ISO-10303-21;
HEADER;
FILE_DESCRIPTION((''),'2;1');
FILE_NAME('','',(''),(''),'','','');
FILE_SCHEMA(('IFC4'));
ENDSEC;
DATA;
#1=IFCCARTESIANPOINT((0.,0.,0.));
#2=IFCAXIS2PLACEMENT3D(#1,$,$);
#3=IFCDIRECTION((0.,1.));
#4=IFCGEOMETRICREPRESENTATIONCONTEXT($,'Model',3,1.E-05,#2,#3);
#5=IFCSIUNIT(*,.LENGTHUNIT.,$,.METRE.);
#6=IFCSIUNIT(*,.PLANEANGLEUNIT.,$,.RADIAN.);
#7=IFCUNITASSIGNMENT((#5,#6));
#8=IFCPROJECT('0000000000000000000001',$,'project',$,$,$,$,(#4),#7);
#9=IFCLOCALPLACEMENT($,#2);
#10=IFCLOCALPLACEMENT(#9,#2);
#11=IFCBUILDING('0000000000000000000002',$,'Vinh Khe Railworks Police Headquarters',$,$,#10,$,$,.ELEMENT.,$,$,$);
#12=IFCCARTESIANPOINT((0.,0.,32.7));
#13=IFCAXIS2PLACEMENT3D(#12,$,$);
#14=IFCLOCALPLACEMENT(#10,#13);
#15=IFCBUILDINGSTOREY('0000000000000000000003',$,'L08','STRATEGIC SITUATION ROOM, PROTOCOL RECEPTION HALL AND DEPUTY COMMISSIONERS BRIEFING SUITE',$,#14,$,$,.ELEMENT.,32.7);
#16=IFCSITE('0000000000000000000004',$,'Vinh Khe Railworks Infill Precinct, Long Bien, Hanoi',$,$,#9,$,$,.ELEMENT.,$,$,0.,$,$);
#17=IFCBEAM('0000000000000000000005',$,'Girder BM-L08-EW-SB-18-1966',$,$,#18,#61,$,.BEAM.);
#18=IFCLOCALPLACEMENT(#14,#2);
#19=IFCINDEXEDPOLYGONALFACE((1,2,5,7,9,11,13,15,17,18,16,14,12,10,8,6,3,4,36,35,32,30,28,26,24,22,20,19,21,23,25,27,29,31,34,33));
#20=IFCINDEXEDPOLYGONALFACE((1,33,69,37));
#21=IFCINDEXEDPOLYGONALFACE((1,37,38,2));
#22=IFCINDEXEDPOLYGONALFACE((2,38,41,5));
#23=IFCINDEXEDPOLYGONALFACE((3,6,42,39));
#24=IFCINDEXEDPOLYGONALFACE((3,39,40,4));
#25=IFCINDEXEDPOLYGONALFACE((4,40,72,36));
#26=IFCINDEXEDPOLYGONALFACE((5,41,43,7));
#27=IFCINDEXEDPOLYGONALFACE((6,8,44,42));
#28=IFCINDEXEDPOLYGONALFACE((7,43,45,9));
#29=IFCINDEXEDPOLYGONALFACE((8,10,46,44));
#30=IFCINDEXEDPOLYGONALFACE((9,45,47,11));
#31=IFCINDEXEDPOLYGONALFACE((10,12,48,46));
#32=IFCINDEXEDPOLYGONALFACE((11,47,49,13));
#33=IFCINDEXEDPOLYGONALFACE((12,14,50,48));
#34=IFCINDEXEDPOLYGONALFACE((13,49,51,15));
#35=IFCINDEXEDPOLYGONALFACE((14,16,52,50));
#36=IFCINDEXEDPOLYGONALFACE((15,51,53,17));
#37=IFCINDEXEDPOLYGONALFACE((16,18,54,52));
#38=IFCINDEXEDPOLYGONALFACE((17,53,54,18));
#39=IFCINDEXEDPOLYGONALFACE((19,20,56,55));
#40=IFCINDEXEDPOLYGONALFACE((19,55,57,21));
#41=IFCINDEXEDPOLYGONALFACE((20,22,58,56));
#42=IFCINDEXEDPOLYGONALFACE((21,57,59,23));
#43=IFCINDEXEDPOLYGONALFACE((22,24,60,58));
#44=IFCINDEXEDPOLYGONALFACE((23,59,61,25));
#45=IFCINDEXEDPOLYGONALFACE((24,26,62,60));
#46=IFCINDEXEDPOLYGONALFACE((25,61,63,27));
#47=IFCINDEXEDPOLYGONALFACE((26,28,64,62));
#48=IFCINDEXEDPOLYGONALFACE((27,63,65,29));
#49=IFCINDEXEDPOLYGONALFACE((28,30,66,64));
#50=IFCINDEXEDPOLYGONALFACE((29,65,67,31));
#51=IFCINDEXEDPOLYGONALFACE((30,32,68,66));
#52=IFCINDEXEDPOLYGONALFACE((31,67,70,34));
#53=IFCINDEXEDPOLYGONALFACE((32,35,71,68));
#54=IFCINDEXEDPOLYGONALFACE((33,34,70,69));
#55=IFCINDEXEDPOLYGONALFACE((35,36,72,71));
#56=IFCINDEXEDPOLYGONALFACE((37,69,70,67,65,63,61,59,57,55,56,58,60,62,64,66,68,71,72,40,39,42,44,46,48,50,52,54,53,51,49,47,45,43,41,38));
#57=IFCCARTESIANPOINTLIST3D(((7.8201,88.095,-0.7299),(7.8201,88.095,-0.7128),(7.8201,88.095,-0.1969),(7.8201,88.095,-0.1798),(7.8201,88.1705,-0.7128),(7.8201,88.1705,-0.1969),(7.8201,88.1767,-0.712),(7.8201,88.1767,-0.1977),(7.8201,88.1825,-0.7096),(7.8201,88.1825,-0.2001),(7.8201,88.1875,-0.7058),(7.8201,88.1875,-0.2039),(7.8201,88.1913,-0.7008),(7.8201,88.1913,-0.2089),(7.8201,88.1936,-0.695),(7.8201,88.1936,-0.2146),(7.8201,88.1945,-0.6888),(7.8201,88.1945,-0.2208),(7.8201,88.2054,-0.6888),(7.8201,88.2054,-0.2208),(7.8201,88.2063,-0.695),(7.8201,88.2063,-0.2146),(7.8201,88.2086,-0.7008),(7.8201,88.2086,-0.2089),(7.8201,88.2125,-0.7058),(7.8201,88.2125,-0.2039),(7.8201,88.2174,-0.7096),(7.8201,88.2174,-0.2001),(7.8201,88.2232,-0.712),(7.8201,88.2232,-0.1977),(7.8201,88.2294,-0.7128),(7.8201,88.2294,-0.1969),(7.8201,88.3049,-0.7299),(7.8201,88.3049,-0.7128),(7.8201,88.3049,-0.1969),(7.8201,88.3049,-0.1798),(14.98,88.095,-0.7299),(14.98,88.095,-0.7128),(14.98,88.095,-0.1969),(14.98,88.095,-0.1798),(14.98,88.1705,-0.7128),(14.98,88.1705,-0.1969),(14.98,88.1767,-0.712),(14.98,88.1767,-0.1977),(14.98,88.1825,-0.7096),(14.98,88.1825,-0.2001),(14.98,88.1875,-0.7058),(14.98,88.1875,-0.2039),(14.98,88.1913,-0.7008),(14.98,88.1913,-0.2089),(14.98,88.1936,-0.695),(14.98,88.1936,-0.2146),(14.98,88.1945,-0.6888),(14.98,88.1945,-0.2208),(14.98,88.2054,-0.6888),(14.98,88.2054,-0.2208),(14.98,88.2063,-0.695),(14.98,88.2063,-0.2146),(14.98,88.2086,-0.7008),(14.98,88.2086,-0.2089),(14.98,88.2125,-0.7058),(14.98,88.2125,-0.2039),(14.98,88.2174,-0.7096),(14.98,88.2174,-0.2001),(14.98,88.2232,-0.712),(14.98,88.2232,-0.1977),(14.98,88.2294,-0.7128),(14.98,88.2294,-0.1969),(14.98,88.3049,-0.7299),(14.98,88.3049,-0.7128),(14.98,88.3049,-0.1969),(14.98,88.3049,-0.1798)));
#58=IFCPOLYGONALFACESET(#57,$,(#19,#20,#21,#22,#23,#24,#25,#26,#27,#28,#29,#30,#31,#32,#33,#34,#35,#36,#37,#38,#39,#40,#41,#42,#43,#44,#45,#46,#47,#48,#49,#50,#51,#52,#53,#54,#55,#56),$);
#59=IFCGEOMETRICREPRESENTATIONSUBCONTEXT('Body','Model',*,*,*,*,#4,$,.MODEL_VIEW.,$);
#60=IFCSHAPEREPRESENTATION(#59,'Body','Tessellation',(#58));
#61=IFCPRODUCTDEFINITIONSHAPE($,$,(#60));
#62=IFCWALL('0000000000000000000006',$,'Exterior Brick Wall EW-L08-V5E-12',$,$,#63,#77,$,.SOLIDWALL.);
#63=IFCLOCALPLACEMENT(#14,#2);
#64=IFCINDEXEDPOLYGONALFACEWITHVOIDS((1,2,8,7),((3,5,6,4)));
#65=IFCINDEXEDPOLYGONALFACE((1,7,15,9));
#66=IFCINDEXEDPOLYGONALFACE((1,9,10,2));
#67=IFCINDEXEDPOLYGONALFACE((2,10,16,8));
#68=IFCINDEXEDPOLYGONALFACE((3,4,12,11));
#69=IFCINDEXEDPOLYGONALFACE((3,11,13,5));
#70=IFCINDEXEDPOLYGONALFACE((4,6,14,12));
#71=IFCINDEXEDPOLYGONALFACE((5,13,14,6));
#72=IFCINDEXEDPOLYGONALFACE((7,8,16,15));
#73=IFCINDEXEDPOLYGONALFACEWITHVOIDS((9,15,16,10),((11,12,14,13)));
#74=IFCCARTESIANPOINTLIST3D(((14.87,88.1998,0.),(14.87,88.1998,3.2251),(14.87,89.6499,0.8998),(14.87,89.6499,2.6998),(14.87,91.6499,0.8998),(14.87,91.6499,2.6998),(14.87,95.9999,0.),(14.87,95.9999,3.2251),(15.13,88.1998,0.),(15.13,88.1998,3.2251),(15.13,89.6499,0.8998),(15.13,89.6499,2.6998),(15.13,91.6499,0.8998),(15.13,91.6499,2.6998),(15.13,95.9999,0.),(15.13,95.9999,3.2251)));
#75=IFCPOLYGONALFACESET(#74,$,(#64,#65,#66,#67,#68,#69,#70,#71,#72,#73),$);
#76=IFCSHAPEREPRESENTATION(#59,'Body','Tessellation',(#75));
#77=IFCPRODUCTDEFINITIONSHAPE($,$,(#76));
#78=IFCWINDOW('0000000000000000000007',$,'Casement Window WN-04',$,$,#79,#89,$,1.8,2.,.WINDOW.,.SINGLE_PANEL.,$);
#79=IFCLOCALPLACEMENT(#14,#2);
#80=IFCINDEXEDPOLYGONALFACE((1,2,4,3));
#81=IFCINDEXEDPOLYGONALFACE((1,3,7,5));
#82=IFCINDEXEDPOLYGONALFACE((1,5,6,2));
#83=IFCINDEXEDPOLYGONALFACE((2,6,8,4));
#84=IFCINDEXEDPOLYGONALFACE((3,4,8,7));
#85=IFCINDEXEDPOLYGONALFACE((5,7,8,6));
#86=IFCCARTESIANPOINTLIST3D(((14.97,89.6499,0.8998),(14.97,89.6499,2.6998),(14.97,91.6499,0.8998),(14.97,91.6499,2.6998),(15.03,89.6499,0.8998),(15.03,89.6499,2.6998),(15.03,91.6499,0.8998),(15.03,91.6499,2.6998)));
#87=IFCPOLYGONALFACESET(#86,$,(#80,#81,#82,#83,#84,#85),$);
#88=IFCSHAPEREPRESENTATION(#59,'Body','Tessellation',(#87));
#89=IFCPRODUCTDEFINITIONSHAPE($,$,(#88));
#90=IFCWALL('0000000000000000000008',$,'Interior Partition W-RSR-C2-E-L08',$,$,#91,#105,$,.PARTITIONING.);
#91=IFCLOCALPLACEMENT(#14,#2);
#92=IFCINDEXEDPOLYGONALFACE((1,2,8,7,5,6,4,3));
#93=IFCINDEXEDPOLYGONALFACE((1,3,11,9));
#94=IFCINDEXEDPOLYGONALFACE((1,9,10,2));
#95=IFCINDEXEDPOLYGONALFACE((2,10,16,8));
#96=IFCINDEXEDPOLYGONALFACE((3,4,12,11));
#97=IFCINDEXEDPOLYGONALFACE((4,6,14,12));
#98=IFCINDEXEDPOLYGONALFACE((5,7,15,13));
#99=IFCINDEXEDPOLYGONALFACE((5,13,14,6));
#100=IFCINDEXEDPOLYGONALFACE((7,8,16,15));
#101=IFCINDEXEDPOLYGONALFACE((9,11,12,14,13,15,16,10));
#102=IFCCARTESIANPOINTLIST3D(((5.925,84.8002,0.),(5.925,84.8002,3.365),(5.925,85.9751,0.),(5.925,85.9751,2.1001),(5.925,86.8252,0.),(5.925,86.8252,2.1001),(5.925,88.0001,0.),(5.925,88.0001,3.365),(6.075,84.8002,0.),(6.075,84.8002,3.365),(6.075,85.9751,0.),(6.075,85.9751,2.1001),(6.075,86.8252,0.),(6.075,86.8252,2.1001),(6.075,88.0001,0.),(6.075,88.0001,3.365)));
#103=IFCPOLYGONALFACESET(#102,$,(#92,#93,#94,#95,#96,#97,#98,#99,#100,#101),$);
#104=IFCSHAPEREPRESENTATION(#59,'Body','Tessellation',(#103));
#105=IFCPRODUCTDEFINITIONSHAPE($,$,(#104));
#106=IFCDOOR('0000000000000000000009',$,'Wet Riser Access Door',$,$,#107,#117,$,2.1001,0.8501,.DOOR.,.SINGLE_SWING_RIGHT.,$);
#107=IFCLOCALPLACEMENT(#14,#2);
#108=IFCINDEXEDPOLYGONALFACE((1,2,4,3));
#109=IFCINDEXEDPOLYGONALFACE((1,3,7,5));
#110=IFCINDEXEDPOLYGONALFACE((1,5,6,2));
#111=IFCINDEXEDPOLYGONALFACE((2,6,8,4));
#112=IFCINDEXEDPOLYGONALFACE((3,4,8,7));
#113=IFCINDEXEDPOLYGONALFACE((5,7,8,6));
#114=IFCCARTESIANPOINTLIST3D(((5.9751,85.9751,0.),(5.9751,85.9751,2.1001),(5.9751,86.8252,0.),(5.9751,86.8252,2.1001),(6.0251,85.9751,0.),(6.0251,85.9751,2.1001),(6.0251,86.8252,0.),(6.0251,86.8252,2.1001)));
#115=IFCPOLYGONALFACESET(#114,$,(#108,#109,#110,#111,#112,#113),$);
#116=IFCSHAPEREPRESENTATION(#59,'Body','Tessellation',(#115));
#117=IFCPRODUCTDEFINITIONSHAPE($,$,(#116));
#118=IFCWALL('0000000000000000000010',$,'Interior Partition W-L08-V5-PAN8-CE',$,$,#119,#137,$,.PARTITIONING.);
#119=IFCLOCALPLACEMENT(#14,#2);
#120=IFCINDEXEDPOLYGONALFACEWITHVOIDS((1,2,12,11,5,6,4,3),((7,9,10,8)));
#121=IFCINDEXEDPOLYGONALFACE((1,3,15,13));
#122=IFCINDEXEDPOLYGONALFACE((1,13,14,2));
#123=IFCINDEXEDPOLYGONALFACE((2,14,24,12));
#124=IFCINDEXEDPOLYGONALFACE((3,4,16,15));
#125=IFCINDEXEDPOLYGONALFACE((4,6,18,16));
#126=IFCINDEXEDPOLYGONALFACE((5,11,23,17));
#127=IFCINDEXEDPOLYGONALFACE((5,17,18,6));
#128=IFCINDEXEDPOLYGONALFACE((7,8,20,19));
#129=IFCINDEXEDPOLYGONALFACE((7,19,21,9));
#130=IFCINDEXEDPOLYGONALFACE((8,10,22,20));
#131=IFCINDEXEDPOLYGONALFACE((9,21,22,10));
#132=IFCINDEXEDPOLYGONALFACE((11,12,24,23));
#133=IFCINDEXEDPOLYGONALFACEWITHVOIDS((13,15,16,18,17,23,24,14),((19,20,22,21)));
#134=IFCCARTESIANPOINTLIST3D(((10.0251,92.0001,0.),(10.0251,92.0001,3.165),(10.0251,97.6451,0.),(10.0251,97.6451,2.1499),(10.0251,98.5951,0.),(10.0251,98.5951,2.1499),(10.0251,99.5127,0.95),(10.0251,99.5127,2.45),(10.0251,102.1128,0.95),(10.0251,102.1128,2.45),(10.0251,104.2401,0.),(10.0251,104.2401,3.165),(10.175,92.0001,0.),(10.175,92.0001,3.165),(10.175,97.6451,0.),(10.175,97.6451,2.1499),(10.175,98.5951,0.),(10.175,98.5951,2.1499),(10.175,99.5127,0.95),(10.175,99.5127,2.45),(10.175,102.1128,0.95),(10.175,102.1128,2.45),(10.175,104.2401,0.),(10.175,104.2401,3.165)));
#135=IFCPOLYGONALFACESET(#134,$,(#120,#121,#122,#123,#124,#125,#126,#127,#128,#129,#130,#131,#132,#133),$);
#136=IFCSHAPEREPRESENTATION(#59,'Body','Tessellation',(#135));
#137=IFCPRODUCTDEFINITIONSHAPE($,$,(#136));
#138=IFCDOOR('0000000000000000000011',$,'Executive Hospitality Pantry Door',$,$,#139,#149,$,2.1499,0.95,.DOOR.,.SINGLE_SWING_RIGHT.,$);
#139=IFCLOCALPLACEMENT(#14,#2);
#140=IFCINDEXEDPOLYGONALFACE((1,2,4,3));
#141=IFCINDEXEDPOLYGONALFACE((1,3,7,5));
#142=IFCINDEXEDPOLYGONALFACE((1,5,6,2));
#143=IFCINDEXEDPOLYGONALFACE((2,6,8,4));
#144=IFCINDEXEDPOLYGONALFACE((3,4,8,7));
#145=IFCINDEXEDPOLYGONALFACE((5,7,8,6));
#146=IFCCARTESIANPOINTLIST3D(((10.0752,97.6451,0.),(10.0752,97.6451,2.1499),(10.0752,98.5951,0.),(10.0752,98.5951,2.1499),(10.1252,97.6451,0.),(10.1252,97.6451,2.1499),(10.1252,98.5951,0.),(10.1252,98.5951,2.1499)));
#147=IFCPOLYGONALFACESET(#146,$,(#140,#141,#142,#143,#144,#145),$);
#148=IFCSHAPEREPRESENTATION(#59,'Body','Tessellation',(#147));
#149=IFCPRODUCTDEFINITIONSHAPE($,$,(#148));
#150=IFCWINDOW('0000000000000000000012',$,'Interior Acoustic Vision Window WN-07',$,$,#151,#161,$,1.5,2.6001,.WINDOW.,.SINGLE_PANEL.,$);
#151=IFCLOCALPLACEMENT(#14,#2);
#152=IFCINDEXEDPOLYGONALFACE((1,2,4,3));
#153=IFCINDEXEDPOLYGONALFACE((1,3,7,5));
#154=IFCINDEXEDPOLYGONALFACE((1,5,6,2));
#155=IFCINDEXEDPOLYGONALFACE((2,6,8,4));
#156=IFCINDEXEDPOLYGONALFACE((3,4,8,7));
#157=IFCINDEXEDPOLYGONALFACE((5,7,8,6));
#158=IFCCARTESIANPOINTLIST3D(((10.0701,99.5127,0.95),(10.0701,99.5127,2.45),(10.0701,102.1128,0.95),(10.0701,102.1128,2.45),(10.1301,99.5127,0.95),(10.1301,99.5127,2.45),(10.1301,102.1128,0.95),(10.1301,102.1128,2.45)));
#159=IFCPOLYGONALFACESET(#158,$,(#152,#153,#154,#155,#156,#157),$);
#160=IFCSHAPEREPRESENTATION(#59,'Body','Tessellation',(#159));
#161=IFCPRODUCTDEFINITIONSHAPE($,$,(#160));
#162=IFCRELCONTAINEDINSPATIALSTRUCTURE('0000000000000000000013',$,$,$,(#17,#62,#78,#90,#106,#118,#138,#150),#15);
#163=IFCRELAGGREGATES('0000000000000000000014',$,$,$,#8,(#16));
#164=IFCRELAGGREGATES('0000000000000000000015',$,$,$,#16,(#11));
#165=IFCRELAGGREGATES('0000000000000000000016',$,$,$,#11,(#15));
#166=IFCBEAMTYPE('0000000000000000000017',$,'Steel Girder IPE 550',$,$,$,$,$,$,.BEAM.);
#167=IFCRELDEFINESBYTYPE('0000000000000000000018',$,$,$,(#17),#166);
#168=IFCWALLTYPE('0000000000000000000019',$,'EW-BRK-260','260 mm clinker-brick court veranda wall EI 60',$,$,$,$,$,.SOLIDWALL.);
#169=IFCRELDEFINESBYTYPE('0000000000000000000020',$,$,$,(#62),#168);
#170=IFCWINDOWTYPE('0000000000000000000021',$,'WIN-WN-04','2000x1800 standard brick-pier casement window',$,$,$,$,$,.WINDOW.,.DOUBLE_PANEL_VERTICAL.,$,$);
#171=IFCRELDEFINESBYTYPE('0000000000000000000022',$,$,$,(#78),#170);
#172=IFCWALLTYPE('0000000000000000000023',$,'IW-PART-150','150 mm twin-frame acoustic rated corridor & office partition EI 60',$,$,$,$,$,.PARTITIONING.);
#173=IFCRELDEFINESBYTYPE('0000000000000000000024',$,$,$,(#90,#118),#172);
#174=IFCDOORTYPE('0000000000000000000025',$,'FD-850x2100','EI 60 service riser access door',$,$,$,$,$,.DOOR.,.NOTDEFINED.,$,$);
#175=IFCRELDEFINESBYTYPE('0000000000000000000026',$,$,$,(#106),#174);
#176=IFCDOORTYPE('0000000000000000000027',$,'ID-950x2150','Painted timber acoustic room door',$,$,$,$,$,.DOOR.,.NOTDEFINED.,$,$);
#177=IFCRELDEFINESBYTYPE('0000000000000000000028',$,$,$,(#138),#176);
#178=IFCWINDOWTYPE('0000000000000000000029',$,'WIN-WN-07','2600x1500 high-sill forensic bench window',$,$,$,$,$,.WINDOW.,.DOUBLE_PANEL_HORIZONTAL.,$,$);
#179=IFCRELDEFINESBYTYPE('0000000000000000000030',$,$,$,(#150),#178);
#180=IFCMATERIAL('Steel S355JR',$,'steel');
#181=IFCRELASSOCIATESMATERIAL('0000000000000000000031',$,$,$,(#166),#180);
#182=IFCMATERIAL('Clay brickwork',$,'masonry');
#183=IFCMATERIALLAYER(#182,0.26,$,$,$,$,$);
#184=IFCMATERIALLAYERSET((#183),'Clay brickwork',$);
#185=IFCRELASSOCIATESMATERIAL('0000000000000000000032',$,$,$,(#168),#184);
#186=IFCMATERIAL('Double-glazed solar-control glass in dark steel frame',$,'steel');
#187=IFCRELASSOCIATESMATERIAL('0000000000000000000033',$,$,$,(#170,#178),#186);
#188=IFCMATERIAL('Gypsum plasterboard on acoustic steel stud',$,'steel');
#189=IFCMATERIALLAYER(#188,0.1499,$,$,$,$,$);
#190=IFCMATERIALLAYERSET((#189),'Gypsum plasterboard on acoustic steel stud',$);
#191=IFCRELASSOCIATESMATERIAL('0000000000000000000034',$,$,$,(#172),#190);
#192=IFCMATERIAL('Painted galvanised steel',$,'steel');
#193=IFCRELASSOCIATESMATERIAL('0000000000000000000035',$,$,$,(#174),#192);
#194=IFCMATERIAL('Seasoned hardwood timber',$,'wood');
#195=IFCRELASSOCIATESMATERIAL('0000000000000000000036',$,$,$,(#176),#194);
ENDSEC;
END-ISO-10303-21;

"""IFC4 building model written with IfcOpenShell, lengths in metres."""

from ifc_helpers import new_model, si_unit, direction, frame, frame_2d, origin, origin_2d, place, context, subcontext, project, spatial, rectangle, i_section, extrude, material, layer, layer_set, material_profile, profile_set, type_object, element, fill, save


model = new_model("IFC4")

# Units and contexts
model_context = context("Model", 3, precision=1e-05, world=origin(), true_north=direction((0.0, 1.0)))
body_context = subcontext(model_context, "Body", "Model", "MODEL_VIEW")
ifc_project = project(units=[si_unit("LENGTHUNIT", "METRE"), si_unit("PLANEANGLEUNIT", "RADIAN")], contexts=[model_context])

# Site, building, storey
site_placement = place(None, origin())
site = spatial("IfcSite", under=ifc_project, at=site_placement, Name="Vinh Khe Railworks Infill Precinct, Long Bien, Hanoi", CompositionType="ELEMENT", RefElevation=0.0)
building_placement = place(site_placement, origin())
building = spatial("IfcBuilding", under=site, at=building_placement, Name="Vinh Khe Railworks Police Headquarters", CompositionType="ELEMENT")
storey_placement = place(building_placement, frame((0.0, 0.0, 32.7)))
storey = spatial("IfcBuildingStorey", under=building, at=storey_placement, Name="L08", Description="STRATEGIC SITUATION ROOM, PROTOCOL RECEPTION HALL AND DEPUTY COMMISSIONERS BRIEFING SUITE", CompositionType="ELEMENT", Elevation=32.7)

# Shared definitions
ifc_material_1 = material(Name="Steel S355JR", Category="steel")

# Beam
ifc_material_profile_1 = material_profile(ifc_material_1, i_section(OverallWidth=0.21, OverallDepth=0.55, WebThickness=0.011, FlangeThickness=0.0171, FilletRadius=0.0239, at=origin_2d()), Name="IPE 550")
ifc_profile_set_1 = profile_set([ifc_material_profile_1], Name="Steel S355JR")
beam_type_1 = type_object("IfcBeamType", Name="Steel Girder IPE 550", PredefinedType="BEAM", material=ifc_profile_set_1)
beam_1_placement = place(storey_placement, frame((7.8201, 88.2, -0.4548), z_axis=(1.0, 0.0, 0.0), x_axis=(0.0, 1.0, 0.0)))
element("IfcBeam", 1, at=beam_1_placement, inside=storey, type_object=beam_type_1, Name="Girder BM-L08-EW-SB-18-1966", PredefinedType="BEAM", context=body_context, shape_type="SweptSolid", body=[
    extrude(i_section(OverallWidth=0.21, OverallDepth=0.55, WebThickness=0.011, FlangeThickness=0.0171, FilletRadius=0.0239, at=origin_2d()), origin(), (0.0, 0.0, 1.0), 7.1599),
])

# Shared definitions
ifc_material_2 = material(Name="Painted galvanised steel", Category="steel")

# Wall, opening, window
ifc_material_3 = material(Name="Clay brickwork", Category="masonry")
ifc_layer_1 = layer(ifc_material_3, 0.26)
ifc_layer_set_1 = layer_set([ifc_layer_1], Name="Clay brickwork")
wall_type_1 = type_object("IfcWallType", Name="EW-BRK-260", Description="260 mm clinker-brick court veranda wall EI 60", PredefinedType="SOLIDWALL", material=ifc_layer_set_1)
wall_1_placement = place(storey_placement, frame((15.0, 88.2, 0.0), z_axis=(0.0, 0.0, 1.0), x_axis=(0.0, 1.0, 0.0)))
wall_1 = element("IfcWall", 2, at=wall_1_placement, inside=storey, type_object=wall_type_1, Name="Exterior Brick Wall EW-L08-V5E-12", PredefinedType="SOLIDWALL", context=body_context, shape_type="SweptSolid", body=[
    extrude(rectangle(XDim=7.8, YDim=0.26, at=frame_2d((3.8999, 0.0))), origin(), (0.0, 0.0, 1.0), 3.2251),
])
opening_1_placement = place(wall_1_placement, frame((1.45, 0.0, 0.8999)))
opening_1 = element("IfcOpeningElement", 3, at=opening_1_placement, cuts=wall_1, PredefinedType="OPENING", context=body_context, shape_type="SweptSolid", body=[
    extrude(rectangle(XDim=2.0, YDim=1.8, at=frame_2d((1.0, 0.8999))), frame((0.0, 0.145, 0.0), z_axis=(0.0, -1.0, 0.0), x_axis=(1.0, 0.0, 0.0)), (0.0, 0.0, 1.0), 0.2898),
])
ifc_material_4 = material(Name="Double-glazed solar-control glass in dark steel frame", Category="steel")
window_type_1 = type_object("IfcWindowType", Name="WIN-WN-04", Description="2000x1800 standard brick-pier casement window", PartitioningType="DOUBLE_PANEL_VERTICAL", PredefinedType="WINDOW", material=ifc_material_4)
window_1_placement = place(opening_1_placement, origin())
window_1 = element("IfcWindow", 4, at=window_1_placement, inside=storey, type_object=window_type_1, Name="Casement Window WN-04", OverallHeight=1.8, OverallWidth=2.0, PartitioningType="SINGLE_PANEL", PredefinedType="WINDOW", context=body_context, shape_type="SweptSolid", body=[
    extrude(rectangle(XDim=2.0, YDim=1.8, at=frame_2d((1.0, 0.8999))), frame((0.0, 0.03, 0.0), z_axis=(0.0, -1.0, 0.0), x_axis=(1.0, 0.0, 0.0)), (0.0, 0.0, 1.0), 0.0601),
])
fill(opening_1, window_1)

# Wall, opening, door
ifc_material_5 = material(Name="Gypsum plasterboard on acoustic steel stud", Category="steel")
ifc_layer_2 = layer(ifc_material_5, 0.1499)
ifc_layer_set_2 = layer_set([ifc_layer_2], Name="Gypsum plasterboard on acoustic steel stud")
wall_type_2 = type_object("IfcWallType", Name="IW-PART-150", Description="150 mm twin-frame acoustic rated corridor & office partition EI 60", PredefinedType="PARTITIONING", material=ifc_layer_set_2)
wall_2_placement = place(storey_placement, frame((6.0, 84.8, 0.0), z_axis=(0.0, 0.0, 1.0), x_axis=(0.0, 1.0, 0.0)))
wall_2 = element("IfcWall", 5, at=wall_2_placement, inside=storey, type_object=wall_type_2, Name="Interior Partition W-RSR-C2-E-L08", PredefinedType="PARTITIONING", context=body_context, shape_type="SweptSolid", body=[
    extrude(rectangle(XDim=3.2, YDim=0.1499, at=frame_2d((1.6001, 0.0))), origin(), (0.0, 0.0, 1.0), 3.365),
])
opening_2_placement = place(wall_2_placement, frame((1.175, 0.0, 0.0)))
opening_2 = element("IfcOpeningElement", 6, at=opening_2_placement, cuts=wall_2, PredefinedType="OPENING", context=body_context, shape_type="SweptSolid", body=[
    extrude(rectangle(XDim=0.8501, YDim=2.1001, at=frame_2d((0.425, 1.05))), frame((0.0, 0.0898, 0.0), z_axis=(0.0, -1.0, 0.0), x_axis=(1.0, 0.0, 0.0)), (0.0, 0.0, 1.0), 0.1797),
])
door_type_1 = type_object("IfcDoorType", Name="FD-850x2100", Description="EI 60 service riser access door", OperationType="NOTDEFINED", PredefinedType="DOOR", material=ifc_material_2)
door_1_placement = place(opening_2_placement, origin())
door_1 = element("IfcDoor", 7, at=door_1_placement, inside=storey, type_object=door_type_1, Name="Wet Riser Access Door", OperationType="SINGLE_SWING_RIGHT", OverallHeight=2.1001, OverallWidth=0.8501, PredefinedType="DOOR", context=body_context, shape_type="SweptSolid", body=[
    extrude(rectangle(XDim=0.8501, YDim=2.1001, at=frame_2d((0.425, 1.05))), frame((0.0, 0.0249, 0.0), z_axis=(0.0, -1.0, 0.0), x_axis=(1.0, 0.0, 0.0)), (0.0, 0.0, 1.0), 0.05),
])
fill(opening_2, door_1)
ifc_material_6 = material(Name="Seasoned hardwood timber", Category="wood")
door_type_2 = type_object("IfcDoorType", Name="ID-950x2150", Description="Painted timber acoustic room door", OperationType="NOTDEFINED", PredefinedType="DOOR", material=ifc_material_6)

# Wall, openings, door, window
wall_3_placement = place(storey_placement, frame((10.1001, 92.0, 0.0), z_axis=(0.0, 0.0, 1.0), x_axis=(0.0, 1.0, 0.0)))
wall_3 = element("IfcWall", 8, at=wall_3_placement, inside=storey, type_object=wall_type_2, Name="Interior Partition W-L08-V5-PAN8-CE", PredefinedType="PARTITIONING", context=body_context, shape_type="SweptSolid", body=[
    extrude(rectangle(XDim=12.24, YDim=0.1499, at=frame_2d((6.1201, 0.0))), origin(), (0.0, 0.0, 1.0), 3.165),
])
opening_3_placement = place(wall_3_placement, frame((5.645, 0.0, 0.0)))
opening_3 = element("IfcOpeningElement", 9, at=opening_3_placement, cuts=wall_3, PredefinedType="OPENING", context=body_context, shape_type="SweptSolid", body=[
    extrude(rectangle(XDim=0.95, YDim=2.1499, at=frame_2d((0.4751, 1.075))), frame((0.0, 0.0898, 0.0), z_axis=(0.0, -1.0, 0.0), x_axis=(1.0, 0.0, 0.0)), (0.0, 0.0, 1.0), 0.1797),
])
opening_4_placement = place(wall_3_placement, frame((7.5127, 0.0, 0.95)))
opening_4 = element("IfcOpeningElement", 10, at=opening_4_placement, cuts=wall_3, PredefinedType="OPENING", context=body_context, shape_type="SweptSolid", body=[
    extrude(rectangle(XDim=2.6001, YDim=1.5, at=frame_2d((1.3, 0.75))), frame((0.0, 0.0898, 0.0), z_axis=(0.0, -1.0, 0.0), x_axis=(1.0, 0.0, 0.0)), (0.0, 0.0, 1.0), 0.1797),
])
door_2_placement = place(opening_3_placement, origin())
door_2 = element("IfcDoor", 11, at=door_2_placement, inside=storey, type_object=door_type_2, Name="Executive Hospitality Pantry Door", OperationType="SINGLE_SWING_RIGHT", OverallHeight=2.1499, OverallWidth=0.95, PredefinedType="DOOR", context=body_context, shape_type="SweptSolid", body=[
    extrude(rectangle(XDim=0.95, YDim=2.1499, at=frame_2d((0.4751, 1.075))), frame((0.0, 0.0249, 0.0), z_axis=(0.0, -1.0, 0.0), x_axis=(1.0, 0.0, 0.0)), (0.0, 0.0, 1.0), 0.05),
])
fill(opening_3, door_2)
window_type_2 = type_object("IfcWindowType", Name="WIN-WN-07", Description="2600x1500 high-sill forensic bench window", PartitioningType="DOUBLE_PANEL_HORIZONTAL", PredefinedType="WINDOW", material=ifc_material_4)
window_2_placement = place(opening_4_placement, origin())
window_2 = element("IfcWindow", 12, at=window_2_placement, inside=storey, type_object=window_type_2, Name="Interior Acoustic Vision Window WN-07", OverallHeight=1.5, OverallWidth=2.6001, PartitioningType="SINGLE_PANEL", PredefinedType="WINDOW", context=body_context, shape_type="SweptSolid", body=[
    extrude(rectangle(XDim=2.6001, YDim=1.5, at=frame_2d((1.3, 0.75))), frame((0.0, 0.03, 0.0), z_axis=(0.0, -1.0, 0.0), x_axis=(1.0, 0.0, 0.0)), (0.0, 0.0, 1.0), 0.0601),
])
fill(opening_4, window_2)

save(model, "model.ifc")
